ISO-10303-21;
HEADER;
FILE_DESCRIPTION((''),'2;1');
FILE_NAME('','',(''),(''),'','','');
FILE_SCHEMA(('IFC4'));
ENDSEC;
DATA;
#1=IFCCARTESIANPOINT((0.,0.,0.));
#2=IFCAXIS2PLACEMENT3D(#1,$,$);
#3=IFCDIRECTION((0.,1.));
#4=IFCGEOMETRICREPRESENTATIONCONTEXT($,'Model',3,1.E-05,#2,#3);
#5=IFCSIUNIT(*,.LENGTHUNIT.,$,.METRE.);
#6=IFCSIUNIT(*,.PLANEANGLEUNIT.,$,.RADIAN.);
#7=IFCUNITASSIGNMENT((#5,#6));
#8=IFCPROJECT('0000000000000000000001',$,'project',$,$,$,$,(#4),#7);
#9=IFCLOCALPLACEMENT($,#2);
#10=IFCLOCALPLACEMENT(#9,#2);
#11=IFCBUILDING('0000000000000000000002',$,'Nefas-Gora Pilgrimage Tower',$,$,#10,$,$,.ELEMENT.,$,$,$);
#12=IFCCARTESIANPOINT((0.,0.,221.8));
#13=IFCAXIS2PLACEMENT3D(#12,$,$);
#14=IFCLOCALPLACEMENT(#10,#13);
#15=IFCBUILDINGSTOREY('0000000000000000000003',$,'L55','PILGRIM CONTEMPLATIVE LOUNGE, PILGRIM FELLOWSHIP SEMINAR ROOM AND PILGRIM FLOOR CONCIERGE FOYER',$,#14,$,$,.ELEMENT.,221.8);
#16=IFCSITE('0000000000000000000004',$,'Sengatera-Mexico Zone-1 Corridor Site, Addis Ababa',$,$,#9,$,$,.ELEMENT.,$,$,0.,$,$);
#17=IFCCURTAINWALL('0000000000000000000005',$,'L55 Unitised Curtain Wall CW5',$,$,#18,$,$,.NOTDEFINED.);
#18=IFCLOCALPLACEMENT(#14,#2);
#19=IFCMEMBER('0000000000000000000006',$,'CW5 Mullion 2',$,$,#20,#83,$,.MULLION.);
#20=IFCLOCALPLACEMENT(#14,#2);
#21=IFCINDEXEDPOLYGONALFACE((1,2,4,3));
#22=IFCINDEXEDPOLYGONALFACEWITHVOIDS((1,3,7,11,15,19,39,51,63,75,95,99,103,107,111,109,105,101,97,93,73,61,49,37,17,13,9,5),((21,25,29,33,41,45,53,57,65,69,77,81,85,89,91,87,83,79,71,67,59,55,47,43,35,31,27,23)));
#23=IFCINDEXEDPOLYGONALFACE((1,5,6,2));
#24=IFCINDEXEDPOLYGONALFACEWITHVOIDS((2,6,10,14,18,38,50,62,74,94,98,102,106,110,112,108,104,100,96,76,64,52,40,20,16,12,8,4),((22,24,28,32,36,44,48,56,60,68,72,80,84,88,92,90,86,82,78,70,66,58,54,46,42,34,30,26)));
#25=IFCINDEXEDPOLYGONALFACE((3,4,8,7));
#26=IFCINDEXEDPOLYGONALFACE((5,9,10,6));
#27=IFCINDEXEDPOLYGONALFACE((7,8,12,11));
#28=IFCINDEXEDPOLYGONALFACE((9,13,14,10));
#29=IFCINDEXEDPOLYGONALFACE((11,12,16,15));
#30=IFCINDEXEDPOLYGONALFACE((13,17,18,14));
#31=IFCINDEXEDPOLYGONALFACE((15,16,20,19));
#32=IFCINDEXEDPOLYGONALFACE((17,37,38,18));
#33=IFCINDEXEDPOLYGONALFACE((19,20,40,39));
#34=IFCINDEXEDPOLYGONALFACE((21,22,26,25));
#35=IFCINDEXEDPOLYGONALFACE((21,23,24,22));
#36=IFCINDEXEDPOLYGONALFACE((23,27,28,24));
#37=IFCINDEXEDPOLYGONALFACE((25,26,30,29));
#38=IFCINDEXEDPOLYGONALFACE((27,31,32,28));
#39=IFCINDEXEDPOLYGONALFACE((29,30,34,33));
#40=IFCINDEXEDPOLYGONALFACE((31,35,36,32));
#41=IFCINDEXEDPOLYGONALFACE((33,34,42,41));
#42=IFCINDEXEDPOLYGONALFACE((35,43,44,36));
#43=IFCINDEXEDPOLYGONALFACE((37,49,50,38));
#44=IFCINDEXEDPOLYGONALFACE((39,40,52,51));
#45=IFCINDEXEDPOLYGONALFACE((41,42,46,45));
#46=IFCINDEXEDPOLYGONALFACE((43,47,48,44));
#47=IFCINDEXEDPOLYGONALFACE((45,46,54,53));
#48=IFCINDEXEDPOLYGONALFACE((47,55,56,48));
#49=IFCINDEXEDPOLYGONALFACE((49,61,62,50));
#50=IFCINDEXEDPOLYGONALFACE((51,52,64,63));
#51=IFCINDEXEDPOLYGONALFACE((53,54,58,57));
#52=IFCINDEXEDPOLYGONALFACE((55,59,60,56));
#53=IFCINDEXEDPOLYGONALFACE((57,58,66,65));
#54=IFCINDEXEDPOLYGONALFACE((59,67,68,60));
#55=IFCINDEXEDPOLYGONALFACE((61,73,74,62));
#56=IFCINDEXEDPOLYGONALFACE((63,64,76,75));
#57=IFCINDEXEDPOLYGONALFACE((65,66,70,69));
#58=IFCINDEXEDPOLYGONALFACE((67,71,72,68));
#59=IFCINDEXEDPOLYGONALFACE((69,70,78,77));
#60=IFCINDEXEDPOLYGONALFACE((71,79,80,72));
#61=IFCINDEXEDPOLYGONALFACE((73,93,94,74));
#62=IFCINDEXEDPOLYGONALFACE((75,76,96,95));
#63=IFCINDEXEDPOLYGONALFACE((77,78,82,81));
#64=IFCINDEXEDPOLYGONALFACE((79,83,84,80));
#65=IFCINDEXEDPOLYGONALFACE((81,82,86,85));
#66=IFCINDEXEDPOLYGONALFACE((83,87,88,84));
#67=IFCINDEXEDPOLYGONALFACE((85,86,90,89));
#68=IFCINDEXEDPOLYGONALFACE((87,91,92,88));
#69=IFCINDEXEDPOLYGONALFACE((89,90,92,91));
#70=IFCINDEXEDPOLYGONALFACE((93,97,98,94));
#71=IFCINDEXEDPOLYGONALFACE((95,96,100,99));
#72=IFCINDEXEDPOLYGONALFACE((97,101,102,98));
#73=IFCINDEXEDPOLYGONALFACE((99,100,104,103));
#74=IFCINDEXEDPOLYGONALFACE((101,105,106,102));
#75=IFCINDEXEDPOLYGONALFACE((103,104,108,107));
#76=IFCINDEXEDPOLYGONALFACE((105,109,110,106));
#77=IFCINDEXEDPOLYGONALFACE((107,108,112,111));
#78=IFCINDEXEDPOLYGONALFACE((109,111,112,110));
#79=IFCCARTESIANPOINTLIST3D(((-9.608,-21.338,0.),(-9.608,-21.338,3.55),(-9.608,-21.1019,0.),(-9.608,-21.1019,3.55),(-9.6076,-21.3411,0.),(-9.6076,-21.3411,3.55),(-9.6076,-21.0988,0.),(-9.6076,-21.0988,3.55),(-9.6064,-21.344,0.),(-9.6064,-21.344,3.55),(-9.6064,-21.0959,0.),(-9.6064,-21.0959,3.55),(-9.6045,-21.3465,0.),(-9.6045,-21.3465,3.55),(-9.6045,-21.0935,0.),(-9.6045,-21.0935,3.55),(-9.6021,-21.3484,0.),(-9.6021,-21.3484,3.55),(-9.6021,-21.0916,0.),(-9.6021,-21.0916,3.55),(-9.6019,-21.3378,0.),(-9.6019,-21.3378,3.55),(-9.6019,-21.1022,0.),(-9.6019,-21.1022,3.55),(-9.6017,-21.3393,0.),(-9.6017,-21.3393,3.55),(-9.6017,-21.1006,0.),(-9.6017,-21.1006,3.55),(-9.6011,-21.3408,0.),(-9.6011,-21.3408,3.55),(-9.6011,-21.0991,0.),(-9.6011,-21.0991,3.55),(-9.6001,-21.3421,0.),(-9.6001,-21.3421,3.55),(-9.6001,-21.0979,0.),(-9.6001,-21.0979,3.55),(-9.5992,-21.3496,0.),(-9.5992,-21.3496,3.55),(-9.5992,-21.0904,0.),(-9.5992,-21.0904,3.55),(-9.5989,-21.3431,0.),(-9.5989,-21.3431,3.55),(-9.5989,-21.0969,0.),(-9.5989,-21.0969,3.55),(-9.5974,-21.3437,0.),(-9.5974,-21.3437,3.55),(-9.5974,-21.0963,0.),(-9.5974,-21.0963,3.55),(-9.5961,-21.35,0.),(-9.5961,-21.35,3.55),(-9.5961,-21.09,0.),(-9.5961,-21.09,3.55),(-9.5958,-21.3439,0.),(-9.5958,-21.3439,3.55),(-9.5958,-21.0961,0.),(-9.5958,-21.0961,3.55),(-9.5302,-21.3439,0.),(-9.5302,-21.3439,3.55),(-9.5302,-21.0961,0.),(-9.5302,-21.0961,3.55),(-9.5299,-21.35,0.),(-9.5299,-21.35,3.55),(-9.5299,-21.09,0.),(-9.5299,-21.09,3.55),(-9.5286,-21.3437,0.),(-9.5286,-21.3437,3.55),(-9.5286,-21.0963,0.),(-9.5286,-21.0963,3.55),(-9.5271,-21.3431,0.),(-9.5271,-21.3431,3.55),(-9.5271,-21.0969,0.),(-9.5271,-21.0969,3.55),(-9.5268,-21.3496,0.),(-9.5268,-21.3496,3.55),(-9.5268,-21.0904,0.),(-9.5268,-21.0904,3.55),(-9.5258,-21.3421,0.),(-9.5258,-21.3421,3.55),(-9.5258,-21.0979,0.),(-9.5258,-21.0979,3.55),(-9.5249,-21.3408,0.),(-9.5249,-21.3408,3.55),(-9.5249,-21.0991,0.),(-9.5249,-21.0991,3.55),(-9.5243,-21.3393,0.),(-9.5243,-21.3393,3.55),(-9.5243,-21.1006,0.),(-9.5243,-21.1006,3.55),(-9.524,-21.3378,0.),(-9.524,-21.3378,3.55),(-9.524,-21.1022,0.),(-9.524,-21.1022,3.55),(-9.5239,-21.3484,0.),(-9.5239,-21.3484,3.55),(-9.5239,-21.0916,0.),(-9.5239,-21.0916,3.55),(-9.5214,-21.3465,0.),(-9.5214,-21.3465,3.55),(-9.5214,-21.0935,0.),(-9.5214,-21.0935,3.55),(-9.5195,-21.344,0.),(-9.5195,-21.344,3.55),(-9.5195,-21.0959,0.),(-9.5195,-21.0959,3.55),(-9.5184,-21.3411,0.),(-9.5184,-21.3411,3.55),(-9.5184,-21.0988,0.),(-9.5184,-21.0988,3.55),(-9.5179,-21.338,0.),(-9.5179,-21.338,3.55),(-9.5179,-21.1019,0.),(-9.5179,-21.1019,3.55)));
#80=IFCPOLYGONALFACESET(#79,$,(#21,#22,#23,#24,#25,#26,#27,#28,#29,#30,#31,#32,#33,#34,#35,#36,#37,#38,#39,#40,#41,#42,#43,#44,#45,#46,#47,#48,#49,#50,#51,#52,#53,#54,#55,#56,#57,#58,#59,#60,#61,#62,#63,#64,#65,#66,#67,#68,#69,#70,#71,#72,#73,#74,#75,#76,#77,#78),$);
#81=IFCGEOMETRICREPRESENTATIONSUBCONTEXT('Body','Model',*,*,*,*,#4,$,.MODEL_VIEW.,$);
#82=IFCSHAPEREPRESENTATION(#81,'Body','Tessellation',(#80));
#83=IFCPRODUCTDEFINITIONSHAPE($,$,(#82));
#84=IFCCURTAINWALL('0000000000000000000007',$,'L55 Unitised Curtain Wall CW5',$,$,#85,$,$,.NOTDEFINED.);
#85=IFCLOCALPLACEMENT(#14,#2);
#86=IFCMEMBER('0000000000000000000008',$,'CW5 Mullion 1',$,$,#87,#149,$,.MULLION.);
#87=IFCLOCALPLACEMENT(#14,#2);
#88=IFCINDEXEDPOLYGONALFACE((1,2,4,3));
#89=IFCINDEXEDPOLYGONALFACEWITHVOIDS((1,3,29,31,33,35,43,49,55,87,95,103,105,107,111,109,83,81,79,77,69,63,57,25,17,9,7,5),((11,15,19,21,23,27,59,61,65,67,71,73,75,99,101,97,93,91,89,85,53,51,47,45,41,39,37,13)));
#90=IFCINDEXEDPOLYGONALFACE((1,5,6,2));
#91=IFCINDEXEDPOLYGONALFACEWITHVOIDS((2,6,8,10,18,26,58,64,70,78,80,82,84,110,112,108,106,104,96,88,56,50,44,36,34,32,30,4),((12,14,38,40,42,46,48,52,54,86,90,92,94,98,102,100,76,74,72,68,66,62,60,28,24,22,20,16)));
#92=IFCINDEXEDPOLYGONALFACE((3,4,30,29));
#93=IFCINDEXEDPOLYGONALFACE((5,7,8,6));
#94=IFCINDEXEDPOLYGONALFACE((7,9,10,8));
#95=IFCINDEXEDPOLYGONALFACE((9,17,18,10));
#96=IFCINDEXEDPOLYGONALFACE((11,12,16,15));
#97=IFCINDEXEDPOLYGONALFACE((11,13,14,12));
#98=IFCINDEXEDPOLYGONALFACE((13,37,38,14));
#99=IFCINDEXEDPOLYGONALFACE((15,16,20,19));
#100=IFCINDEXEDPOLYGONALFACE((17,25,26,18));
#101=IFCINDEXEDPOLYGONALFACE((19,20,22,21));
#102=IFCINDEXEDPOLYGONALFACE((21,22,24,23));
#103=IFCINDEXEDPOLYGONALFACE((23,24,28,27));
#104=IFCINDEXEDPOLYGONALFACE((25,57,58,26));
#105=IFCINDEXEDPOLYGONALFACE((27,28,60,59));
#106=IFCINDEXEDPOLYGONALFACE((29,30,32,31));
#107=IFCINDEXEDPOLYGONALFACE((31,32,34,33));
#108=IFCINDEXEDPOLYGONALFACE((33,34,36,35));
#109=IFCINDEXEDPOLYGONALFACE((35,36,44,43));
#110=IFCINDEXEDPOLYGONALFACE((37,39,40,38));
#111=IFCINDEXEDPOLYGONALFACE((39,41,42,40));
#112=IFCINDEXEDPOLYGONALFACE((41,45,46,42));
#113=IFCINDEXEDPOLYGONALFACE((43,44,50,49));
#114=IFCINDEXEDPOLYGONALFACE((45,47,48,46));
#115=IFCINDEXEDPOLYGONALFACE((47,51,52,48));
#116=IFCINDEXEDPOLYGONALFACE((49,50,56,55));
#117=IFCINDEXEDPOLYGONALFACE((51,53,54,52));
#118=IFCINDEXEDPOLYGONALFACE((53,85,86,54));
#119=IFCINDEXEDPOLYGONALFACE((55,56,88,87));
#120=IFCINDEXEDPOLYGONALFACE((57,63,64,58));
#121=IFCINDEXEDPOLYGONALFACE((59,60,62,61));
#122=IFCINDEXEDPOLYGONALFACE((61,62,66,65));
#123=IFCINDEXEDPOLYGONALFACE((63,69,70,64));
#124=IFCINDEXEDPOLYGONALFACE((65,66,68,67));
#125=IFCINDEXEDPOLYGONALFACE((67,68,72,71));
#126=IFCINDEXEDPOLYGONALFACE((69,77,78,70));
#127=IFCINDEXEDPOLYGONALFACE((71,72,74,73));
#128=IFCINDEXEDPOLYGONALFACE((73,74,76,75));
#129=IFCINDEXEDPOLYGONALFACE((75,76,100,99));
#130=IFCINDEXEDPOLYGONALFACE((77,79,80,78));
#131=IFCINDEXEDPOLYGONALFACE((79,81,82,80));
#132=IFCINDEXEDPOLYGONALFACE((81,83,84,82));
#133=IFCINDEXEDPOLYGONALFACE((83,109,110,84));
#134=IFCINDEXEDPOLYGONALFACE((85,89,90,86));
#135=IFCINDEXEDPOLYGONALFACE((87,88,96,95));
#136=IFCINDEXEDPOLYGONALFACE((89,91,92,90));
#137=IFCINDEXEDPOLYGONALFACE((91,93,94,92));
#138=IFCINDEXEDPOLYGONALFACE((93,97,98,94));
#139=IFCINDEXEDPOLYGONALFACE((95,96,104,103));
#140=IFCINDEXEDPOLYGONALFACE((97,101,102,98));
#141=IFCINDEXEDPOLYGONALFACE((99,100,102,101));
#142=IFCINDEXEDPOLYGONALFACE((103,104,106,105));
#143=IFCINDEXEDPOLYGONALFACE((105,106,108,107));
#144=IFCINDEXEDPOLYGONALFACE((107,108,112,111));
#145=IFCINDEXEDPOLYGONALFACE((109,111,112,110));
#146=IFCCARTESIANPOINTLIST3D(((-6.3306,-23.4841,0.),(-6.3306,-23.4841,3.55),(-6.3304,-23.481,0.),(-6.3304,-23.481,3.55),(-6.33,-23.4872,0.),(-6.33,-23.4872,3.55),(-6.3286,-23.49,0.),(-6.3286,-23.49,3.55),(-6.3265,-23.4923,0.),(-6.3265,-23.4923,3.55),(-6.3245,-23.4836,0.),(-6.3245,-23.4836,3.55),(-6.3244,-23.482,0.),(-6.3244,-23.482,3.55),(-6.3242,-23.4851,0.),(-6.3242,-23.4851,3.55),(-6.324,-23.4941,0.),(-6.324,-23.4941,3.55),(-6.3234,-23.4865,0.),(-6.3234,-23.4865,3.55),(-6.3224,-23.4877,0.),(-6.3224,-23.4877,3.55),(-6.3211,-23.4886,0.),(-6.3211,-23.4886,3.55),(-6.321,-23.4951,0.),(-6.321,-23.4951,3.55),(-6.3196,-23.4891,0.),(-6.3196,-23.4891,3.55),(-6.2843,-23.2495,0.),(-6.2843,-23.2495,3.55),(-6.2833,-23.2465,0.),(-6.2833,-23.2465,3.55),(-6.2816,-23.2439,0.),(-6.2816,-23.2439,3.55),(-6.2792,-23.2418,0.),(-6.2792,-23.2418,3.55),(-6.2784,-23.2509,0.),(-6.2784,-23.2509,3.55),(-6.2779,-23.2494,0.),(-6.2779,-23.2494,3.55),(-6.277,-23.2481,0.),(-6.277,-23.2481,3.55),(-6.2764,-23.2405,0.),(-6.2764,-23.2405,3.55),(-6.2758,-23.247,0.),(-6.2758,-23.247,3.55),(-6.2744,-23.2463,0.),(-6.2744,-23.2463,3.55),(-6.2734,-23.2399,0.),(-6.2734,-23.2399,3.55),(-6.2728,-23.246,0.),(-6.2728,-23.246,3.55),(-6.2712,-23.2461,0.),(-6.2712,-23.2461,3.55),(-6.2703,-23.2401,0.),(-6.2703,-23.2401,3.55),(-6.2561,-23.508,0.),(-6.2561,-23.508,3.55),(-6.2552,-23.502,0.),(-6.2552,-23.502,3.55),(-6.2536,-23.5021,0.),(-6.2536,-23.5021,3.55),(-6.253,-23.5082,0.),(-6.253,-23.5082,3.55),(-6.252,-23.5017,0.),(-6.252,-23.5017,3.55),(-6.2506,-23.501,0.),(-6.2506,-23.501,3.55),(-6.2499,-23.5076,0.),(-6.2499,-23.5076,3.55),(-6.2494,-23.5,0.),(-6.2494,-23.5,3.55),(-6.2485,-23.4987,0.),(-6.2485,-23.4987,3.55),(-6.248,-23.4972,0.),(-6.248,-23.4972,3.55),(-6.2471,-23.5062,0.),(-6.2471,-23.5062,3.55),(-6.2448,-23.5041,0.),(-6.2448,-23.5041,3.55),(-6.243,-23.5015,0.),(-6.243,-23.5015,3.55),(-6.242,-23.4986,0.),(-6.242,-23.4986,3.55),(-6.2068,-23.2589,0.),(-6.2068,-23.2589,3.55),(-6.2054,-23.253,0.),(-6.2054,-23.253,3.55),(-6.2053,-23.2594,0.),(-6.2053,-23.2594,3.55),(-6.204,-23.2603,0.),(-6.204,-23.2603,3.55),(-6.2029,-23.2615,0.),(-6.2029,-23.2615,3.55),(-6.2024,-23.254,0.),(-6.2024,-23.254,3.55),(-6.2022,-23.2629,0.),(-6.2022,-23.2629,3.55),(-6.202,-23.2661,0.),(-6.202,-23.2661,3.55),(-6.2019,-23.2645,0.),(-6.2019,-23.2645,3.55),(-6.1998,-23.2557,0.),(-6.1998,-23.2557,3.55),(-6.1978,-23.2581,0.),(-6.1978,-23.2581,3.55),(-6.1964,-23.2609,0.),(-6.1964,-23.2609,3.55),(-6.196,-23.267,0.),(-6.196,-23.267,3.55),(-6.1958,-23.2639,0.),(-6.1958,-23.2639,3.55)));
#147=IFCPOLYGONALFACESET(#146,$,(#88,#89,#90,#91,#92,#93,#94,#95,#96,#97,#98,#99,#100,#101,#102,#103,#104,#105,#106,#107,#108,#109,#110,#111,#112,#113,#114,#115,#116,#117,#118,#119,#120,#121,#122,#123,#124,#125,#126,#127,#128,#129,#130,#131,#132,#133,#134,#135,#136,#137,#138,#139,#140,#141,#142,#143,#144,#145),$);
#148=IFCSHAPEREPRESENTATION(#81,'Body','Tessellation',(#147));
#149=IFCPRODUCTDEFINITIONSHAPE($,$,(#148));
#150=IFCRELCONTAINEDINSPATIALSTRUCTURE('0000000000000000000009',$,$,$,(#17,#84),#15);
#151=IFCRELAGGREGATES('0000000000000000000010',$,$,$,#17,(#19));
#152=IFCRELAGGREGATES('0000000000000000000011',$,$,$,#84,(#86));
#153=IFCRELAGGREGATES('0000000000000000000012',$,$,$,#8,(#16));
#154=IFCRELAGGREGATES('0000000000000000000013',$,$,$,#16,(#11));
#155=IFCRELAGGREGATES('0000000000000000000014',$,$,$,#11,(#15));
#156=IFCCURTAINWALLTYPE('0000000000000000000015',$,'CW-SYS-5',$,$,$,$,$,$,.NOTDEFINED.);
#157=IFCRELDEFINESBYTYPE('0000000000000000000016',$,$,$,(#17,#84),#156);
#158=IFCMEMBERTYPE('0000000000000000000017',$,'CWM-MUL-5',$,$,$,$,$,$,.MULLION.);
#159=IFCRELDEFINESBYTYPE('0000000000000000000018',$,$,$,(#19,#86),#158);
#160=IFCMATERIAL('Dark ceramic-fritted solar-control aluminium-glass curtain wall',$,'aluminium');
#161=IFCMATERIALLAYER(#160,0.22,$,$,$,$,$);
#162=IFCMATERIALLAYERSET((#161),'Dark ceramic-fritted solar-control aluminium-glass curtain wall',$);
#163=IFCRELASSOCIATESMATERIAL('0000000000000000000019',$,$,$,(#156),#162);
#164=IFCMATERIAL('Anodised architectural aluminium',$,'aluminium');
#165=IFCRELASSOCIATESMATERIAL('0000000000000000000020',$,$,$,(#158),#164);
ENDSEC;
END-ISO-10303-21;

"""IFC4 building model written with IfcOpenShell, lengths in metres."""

from ifc_helpers import new_model, si_unit, direction, frame, origin, origin_2d, place, context, subcontext, project, spatial, hollow_rectangle, extrude, source, transform, mapped, material, layer, layer_set, material_profile, profile_set, type_object, element, aggregate, save


model = new_model("IFC4")

# Units and contexts
model_context = context("Model", 3, precision=1e-05, world=origin(), true_north=direction((0.0, 1.0)))
body_context = subcontext(model_context, "Body", "Model", "MODEL_VIEW")
ifc_project = project(units=[si_unit("LENGTHUNIT", "METRE"), si_unit("PLANEANGLEUNIT", "RADIAN")], contexts=[model_context])

# Site, building, storey
site_placement = place(None, origin())
site = spatial("IfcSite", under=ifc_project, at=site_placement, Name="Sengatera-Mexico Zone-1 Corridor Site, Addis Ababa", CompositionType="ELEMENT", RefElevation=0.0)
building_placement = place(site_placement, origin())
building = spatial("IfcBuilding", under=site, at=building_placement, Name="Nefas-Gora Pilgrimage Tower", CompositionType="ELEMENT")
storey_placement = place(building_placement, frame((0.0, 0.0, 221.8)))
storey = spatial("IfcBuildingStorey", under=building, at=storey_placement, Name="L55", Description="PILGRIM CONTEMPLATIVE LOUNGE, PILGRIM FELLOWSHIP SEMINAR ROOM AND PILGRIM FLOOR CONCIERGE FOYER", CompositionType="ELEMENT", Elevation=221.8)

# Curtain wall, member
ifc_material_1 = material(Name="Dark ceramic-fritted solar-control aluminium-glass curtain wall", Category="aluminium")
ifc_layer_1 = layer(ifc_material_1, 0.22)
ifc_layer_set_1 = layer_set([ifc_layer_1], Name="Dark ceramic-fritted solar-control aluminium-glass curtain wall")
curtain_wall_type = type_object("IfcCurtainWallType", Name="CW-SYS-5", PredefinedType="NOTDEFINED", material=ifc_layer_set_1)
curtain_wall_1_placement = place(storey_placement, origin())
curtain_wall_1 = element("IfcCurtainWall", 1, at=curtain_wall_1_placement, inside=storey, type_object=curtain_wall_type, Name="L55 Unitised Curtain Wall CW5", PredefinedType="NOTDEFINED")
ifc_material_2 = material(Name="Anodised architectural aluminium", Category="aluminium")
ifc_material_profile_1 = material_profile(ifc_material_2, hollow_rectangle(XDim=0.0901, YDim=0.26, WallThickness=0.0061, InnerFilletRadius=0.0061, OuterFilletRadius=0.012, at=origin_2d()), Name="ALU MULLION 90x260")
ifc_profile_set_1 = profile_set([ifc_material_profile_1], Name="Anodised architectural aluminium")
member_type_1 = type_object("IfcMemberType", Name="CWM-MUL-5", PredefinedType="MULLION", material=ifc_profile_set_1)
shared_shape_1 = source(origin(), body_context, "Body", "SweptSolid", [
    extrude(hollow_rectangle(XDim=0.0901, YDim=0.26, WallThickness=0.0061, InnerFilletRadius=0.0061, OuterFilletRadius=0.012, at=origin_2d()), origin(), (0.0, 0.0, 1.0), 3.55),
])
member_1_placement = place(storey_placement, frame((-9.563, -21.22, 0.0), z_axis=(0.0, 0.0, 1.0), x_axis=(1.0, 0.0, 0.0)))
member_1 = element("IfcMember", 2, at=member_1_placement, type_object=member_type_1, Name="CW5 Mullion 2", PredefinedType="MULLION", context=body_context, shape_type="MappedRepresentation", body=[
    mapped(shared_shape_1, transform((0.0, 0.0, 0.0), x_axis=(1.0, 0.0, 0.0), y_axis=(0.0, 1.0, 0.0), z_axis=(0.0, 0.0, 1.0), scale=1.0)),
])
aggregate(curtain_wall_1, [member_1])

# Curtain wall, member
curtain_wall_2_placement = place(storey_placement, origin())
curtain_wall_2 = element("IfcCurtainWall", 3, at=curtain_wall_2_placement, inside=storey, type_object=curtain_wall_type, Name="L55 Unitised Curtain Wall CW5", PredefinedType="NOTDEFINED")
member_2_placement = place(storey_placement, frame((-6.2632, -23.374, 0.0), z_axis=(0.0, 0.0, 1.0), x_axis=(0.980783, -0.195102, 0.0)))
member_2 = element("IfcMember", 4, at=member_2_placement, type_object=member_type_1, Name="CW5 Mullion 1", PredefinedType="MULLION", context=body_context, shape_type="MappedRepresentation", body=[
    mapped(shared_shape_1, transform((0.0, 0.0, 0.0), x_axis=(1.0, 0.0, 0.0), y_axis=(0.0, 1.0, 0.0), z_axis=(0.0, 0.0, 1.0), scale=1.0)),
])

aggregate(curtain_wall_2, [member_2])

save(model, "model.ifc")
